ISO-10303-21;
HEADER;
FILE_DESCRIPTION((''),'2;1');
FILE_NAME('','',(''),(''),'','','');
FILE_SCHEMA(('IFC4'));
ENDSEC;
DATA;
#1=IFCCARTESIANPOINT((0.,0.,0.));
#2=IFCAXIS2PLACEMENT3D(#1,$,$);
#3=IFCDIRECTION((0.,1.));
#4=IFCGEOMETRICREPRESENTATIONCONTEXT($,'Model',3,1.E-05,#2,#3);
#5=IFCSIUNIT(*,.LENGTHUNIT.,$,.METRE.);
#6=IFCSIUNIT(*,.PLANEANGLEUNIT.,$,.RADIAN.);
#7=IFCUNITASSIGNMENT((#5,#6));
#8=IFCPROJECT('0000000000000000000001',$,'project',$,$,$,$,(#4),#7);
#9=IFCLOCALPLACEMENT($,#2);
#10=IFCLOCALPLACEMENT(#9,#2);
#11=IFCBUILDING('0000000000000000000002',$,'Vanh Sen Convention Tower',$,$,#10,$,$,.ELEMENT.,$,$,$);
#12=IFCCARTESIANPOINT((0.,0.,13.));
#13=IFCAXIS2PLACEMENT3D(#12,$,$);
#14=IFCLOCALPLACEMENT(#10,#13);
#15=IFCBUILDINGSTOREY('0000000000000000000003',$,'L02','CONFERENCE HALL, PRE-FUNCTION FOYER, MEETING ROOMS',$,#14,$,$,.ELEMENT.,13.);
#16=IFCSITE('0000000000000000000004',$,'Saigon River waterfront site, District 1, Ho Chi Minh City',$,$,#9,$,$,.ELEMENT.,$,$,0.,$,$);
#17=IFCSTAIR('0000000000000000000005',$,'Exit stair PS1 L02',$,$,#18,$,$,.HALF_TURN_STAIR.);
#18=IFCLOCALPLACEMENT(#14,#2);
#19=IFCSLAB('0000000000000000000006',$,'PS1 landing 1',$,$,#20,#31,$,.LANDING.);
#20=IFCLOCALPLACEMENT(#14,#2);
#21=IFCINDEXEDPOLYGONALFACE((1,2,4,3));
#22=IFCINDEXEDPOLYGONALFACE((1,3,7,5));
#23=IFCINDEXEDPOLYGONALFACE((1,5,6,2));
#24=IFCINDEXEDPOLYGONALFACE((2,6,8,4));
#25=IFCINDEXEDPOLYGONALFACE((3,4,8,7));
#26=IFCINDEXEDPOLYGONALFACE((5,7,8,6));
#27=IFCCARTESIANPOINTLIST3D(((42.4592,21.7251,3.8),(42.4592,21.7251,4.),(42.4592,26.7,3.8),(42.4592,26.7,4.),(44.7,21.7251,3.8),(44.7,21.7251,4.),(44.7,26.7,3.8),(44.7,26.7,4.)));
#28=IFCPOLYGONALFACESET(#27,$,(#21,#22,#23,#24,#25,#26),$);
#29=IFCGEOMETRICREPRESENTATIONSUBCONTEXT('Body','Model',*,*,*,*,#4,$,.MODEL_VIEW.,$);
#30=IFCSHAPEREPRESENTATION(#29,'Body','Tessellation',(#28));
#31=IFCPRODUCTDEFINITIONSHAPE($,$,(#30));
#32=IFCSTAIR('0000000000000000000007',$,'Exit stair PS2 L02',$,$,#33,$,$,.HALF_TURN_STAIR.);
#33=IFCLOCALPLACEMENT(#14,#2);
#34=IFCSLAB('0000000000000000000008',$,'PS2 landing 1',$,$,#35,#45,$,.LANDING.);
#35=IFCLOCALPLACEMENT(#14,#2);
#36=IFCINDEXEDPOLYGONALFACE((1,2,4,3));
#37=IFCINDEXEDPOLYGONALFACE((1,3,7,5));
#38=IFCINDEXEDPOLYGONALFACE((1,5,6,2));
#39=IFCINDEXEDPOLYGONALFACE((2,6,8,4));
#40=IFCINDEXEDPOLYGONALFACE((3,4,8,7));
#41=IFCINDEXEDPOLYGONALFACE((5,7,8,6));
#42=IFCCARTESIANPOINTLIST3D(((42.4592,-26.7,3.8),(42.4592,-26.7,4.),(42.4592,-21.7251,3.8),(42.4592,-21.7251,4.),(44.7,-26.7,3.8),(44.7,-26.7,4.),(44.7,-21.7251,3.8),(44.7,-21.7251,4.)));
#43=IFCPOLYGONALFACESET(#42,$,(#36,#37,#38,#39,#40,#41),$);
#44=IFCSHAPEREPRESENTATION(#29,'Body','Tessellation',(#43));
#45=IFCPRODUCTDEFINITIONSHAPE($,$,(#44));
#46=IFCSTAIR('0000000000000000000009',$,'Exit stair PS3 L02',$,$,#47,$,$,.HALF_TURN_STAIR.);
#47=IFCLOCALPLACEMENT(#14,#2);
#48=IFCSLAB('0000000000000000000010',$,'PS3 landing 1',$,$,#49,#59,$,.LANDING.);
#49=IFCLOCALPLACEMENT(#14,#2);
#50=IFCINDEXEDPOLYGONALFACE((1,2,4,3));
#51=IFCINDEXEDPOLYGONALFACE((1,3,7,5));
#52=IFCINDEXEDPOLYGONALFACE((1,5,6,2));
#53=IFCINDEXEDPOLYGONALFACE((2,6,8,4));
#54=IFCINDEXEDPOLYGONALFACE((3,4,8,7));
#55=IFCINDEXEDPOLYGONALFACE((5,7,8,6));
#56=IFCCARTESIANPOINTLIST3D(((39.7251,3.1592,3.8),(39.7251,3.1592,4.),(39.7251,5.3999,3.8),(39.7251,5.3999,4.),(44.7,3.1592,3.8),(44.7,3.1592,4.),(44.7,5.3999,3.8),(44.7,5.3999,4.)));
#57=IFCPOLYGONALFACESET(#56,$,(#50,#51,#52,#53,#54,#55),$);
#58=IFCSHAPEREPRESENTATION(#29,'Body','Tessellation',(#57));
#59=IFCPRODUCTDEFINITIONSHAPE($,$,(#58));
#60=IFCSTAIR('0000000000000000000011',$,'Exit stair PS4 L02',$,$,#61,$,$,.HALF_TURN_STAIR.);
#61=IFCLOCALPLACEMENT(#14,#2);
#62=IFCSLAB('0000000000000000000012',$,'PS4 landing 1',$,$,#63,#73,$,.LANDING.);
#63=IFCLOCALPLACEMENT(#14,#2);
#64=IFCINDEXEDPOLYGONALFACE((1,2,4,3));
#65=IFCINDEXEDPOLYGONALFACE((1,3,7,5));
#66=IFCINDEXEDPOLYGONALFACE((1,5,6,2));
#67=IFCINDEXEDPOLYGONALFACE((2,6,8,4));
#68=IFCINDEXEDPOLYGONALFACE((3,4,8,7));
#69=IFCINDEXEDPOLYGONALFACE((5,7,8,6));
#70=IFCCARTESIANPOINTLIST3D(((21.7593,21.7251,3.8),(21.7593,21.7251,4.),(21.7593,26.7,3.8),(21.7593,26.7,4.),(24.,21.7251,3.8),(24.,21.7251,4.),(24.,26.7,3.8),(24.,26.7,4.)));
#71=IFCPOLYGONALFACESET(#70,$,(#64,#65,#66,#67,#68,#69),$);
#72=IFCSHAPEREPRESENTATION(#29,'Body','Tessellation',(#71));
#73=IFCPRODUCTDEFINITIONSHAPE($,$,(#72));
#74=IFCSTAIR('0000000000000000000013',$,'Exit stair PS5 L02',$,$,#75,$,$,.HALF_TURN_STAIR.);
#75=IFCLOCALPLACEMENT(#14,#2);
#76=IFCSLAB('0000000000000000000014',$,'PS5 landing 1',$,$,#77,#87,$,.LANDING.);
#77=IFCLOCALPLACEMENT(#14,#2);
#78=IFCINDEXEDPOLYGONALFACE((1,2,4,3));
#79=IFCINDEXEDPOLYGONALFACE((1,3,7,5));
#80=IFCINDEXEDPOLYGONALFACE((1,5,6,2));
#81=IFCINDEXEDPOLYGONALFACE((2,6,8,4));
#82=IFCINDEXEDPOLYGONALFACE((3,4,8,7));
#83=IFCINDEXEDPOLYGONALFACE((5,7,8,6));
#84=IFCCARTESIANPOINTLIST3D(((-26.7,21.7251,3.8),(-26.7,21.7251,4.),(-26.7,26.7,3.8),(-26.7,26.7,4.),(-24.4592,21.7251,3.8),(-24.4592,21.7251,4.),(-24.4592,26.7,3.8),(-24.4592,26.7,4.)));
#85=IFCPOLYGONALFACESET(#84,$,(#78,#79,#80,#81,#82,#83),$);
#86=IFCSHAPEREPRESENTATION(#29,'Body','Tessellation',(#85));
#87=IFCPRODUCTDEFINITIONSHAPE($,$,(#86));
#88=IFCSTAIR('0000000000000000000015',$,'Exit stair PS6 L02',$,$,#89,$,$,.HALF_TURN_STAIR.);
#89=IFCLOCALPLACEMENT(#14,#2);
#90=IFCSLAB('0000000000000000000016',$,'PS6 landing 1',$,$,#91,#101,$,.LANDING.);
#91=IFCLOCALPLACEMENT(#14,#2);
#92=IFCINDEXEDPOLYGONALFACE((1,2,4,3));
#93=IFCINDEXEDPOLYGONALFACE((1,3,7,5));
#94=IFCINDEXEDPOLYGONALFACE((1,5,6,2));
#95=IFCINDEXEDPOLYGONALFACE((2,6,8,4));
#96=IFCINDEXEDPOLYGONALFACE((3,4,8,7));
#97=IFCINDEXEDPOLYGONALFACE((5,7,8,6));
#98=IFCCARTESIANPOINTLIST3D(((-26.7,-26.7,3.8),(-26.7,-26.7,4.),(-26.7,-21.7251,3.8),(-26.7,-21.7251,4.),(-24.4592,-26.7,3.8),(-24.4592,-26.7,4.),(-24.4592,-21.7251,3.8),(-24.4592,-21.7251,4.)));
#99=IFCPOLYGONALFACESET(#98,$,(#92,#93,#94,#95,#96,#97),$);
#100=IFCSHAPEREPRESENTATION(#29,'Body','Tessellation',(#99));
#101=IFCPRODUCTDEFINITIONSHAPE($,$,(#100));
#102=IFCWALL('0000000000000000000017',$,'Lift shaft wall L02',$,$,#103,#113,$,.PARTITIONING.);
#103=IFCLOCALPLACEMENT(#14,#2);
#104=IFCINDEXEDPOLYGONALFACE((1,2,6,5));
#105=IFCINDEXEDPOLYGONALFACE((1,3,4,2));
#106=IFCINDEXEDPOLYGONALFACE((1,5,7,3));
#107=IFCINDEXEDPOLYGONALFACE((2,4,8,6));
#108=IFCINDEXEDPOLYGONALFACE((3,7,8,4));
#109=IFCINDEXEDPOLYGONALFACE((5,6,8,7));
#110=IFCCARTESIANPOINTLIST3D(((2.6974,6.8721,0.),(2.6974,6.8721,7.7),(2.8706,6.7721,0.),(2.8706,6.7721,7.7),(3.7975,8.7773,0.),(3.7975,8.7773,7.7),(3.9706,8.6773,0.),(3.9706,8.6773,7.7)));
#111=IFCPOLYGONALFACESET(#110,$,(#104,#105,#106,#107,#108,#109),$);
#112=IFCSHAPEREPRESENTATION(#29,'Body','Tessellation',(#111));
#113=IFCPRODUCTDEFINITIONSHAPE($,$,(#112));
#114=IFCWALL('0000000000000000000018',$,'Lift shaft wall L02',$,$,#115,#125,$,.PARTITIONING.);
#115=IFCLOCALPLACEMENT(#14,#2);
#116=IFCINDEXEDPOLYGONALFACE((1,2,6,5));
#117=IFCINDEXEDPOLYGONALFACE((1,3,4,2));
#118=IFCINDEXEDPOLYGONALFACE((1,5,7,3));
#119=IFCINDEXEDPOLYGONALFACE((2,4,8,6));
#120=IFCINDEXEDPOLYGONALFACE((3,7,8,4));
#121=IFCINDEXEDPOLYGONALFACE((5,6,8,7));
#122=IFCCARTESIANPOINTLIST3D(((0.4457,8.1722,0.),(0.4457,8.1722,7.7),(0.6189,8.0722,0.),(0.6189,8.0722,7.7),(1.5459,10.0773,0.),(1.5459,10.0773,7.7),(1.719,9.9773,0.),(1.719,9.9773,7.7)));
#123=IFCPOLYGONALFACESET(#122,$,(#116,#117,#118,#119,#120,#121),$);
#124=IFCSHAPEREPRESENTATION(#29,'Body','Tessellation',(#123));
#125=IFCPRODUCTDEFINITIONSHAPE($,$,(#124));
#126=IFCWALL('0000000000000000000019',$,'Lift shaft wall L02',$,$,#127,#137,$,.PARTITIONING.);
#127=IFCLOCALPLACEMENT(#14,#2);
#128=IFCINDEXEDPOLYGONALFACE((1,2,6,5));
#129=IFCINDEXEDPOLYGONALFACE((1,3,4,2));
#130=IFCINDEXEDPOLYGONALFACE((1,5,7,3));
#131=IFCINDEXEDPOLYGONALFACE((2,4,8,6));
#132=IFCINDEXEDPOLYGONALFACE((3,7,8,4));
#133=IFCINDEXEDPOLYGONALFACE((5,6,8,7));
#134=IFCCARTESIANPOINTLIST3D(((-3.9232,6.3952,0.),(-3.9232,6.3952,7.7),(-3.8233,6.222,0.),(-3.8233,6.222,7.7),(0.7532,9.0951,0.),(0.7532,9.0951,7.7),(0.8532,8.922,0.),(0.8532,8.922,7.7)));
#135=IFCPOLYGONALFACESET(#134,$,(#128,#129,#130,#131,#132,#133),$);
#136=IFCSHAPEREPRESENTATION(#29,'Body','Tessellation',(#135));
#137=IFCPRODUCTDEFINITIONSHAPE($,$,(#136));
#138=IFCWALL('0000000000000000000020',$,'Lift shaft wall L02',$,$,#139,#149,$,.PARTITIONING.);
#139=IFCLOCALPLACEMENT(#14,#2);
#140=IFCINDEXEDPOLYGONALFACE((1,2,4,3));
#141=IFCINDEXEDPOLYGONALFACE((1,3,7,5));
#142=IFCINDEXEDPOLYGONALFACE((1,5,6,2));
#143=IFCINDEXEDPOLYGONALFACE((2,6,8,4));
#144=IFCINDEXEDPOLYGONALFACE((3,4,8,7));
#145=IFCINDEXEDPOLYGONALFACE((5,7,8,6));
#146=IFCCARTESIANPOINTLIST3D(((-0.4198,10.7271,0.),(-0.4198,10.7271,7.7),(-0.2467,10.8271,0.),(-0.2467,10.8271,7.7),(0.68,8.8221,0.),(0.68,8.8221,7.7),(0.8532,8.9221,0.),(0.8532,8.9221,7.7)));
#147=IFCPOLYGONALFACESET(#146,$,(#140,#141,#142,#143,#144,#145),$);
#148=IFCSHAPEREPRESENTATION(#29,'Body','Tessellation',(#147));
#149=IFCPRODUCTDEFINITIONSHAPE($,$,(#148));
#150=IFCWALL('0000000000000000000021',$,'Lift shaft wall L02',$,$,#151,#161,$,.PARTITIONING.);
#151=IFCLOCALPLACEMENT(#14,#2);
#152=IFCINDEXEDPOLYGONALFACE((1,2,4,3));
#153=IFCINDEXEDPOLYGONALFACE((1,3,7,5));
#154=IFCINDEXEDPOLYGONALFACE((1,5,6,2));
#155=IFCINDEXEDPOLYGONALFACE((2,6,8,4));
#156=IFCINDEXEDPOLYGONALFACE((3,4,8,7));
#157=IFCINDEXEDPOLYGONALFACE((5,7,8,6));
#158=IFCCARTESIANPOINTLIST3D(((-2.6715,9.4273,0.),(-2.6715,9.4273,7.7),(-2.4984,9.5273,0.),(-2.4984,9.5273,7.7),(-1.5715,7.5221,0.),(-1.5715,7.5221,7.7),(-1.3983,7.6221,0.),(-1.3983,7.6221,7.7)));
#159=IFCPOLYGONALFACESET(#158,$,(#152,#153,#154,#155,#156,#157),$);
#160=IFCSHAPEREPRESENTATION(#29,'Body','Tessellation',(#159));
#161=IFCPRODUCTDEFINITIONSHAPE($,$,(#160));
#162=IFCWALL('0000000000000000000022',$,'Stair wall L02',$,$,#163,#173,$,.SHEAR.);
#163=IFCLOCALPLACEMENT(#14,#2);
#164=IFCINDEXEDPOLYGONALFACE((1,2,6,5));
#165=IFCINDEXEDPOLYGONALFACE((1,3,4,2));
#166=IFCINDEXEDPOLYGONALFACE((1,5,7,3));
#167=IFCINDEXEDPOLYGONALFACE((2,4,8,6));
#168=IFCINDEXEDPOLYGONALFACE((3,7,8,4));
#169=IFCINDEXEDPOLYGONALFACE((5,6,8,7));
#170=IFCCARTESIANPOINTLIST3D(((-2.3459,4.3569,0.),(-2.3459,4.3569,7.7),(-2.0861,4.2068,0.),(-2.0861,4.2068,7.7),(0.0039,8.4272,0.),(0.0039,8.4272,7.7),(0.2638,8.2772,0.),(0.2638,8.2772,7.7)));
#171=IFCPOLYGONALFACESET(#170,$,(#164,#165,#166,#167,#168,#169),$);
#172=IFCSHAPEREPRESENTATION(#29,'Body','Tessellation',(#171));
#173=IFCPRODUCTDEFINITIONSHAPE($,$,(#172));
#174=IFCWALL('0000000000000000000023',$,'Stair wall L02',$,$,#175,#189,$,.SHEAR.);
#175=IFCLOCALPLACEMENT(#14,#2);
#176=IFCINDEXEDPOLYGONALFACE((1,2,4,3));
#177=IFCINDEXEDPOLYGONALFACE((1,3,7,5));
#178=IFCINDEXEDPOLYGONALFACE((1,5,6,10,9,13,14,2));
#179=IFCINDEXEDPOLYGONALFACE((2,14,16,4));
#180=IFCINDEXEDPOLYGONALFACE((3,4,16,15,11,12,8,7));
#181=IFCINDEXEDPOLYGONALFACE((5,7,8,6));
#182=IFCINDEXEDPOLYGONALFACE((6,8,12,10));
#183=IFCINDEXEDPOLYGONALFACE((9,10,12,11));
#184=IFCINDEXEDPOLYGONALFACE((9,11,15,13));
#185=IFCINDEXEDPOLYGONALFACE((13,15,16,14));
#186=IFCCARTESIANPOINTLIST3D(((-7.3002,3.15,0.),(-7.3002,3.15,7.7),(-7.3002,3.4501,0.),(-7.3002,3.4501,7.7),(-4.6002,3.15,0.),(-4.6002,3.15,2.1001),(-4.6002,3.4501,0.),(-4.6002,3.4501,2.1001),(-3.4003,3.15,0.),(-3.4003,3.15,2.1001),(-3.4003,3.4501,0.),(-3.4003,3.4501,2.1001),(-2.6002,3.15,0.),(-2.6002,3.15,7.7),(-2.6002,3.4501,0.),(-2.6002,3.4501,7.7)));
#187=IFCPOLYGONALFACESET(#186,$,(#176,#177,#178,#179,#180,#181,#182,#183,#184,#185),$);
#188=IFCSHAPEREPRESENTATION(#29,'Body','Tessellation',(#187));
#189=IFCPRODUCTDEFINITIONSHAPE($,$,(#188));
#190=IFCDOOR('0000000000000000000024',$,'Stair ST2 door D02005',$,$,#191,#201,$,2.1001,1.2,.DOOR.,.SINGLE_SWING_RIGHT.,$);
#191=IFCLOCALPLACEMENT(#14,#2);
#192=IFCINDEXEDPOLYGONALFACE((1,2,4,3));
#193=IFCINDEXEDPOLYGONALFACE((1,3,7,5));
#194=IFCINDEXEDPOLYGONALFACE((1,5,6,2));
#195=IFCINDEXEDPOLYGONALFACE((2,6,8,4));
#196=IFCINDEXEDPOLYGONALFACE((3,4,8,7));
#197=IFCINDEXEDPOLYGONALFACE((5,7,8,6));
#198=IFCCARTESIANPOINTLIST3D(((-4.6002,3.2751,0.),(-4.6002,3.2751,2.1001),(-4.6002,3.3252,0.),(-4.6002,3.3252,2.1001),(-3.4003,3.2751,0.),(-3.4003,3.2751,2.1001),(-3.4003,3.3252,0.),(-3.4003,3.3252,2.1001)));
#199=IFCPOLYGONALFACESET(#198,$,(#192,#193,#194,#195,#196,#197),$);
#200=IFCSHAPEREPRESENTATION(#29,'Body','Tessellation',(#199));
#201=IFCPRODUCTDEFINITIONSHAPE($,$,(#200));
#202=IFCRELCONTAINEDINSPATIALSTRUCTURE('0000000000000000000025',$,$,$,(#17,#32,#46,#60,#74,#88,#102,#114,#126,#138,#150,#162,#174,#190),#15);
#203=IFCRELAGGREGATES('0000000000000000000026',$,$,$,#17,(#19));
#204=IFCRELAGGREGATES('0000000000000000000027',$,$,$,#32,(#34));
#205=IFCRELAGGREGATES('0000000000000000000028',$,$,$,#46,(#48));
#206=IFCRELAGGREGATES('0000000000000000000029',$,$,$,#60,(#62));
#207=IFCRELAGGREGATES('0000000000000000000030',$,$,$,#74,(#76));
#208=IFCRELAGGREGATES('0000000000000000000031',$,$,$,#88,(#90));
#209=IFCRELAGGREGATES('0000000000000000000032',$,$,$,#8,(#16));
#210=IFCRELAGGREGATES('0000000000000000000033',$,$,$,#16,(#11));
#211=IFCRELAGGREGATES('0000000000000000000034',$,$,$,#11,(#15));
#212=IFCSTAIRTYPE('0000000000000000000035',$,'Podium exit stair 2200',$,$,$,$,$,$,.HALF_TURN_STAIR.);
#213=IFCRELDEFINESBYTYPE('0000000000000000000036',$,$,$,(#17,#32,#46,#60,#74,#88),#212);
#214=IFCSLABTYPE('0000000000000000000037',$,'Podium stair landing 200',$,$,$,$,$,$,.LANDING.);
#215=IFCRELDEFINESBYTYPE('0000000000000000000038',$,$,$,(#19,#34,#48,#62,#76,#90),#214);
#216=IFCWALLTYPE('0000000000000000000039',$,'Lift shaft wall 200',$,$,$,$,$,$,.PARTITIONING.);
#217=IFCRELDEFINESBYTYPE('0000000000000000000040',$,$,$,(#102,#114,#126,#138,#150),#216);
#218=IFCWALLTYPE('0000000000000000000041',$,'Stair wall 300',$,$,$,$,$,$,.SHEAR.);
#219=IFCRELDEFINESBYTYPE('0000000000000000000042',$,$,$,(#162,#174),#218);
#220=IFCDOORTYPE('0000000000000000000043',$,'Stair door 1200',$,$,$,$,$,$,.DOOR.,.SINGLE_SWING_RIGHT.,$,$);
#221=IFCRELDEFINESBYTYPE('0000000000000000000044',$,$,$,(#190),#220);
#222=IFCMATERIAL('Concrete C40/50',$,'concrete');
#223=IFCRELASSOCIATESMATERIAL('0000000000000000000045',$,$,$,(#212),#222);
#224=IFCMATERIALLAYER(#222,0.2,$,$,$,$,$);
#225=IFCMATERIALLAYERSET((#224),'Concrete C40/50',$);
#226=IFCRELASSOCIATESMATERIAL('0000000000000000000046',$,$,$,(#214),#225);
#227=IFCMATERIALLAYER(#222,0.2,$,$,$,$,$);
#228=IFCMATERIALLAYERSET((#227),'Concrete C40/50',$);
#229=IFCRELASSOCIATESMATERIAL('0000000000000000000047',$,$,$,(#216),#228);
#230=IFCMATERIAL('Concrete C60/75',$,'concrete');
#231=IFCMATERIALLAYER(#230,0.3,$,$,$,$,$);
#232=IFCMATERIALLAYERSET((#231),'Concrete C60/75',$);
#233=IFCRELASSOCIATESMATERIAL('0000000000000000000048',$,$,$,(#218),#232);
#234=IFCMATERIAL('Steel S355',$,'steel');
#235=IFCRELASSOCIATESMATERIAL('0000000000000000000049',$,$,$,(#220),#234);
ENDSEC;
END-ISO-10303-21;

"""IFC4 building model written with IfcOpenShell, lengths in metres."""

from ifc_helpers import new_model, si_unit, direction, frame, frame_2d, origin, place, context, subcontext, project, spatial, polyline, rectangle, outline, extrude, material, layer, layer_set, type_object, element, fill, aggregate, save


model = new_model("IFC4")

# Units and contexts
model_context = context("Model", 3, precision=1e-05, world=origin(), true_north=direction((0.0, 1.0)))
body_context = subcontext(model_context, "Body", "Model", "MODEL_VIEW")
ifc_project = project(units=[si_unit("LENGTHUNIT", "METRE"), si_unit("PLANEANGLEUNIT", "RADIAN")], contexts=[model_context])

# Site, building, storey
site_placement = place(None, origin())
site = spatial("IfcSite", under=ifc_project, at=site_placement, Name="Saigon River waterfront site, District 1, Ho Chi Minh City", CompositionType="ELEMENT", RefElevation=0.0)
building_placement = place(site_placement, origin())
building = spatial("IfcBuilding", under=site, at=building_placement, Name="Vanh Sen Convention Tower", CompositionType="ELEMENT")
storey_placement = place(building_placement, frame((0.0, 0.0, 13.0)))
storey = spatial("IfcBuildingStorey", under=building, at=storey_placement, Name="L02", Description="CONFERENCE HALL, PRE-FUNCTION FOYER, MEETING ROOMS", CompositionType="ELEMENT", Elevation=13.0)

# Stairs, slabs
ifc_material_1 = material(Name="Concrete C40/50", Category="concrete")
stair_type = type_object("IfcStairType", Name="Podium exit stair 2200", PredefinedType="HALF_TURN_STAIR", material=ifc_material_1)
stair_1_placement = place(storey_placement, origin())
stair_1 = element("IfcStair", 1, at=stair_1_placement, inside=storey, type_object=stair_type, Name="Exit stair PS1 L02", PredefinedType="HALF_TURN_STAIR")
ifc_layer_1 = layer(ifc_material_1, 0.2)
ifc_layer_set_1 = layer_set([ifc_layer_1], Name="Concrete C40/50")
slab_type = type_object("IfcSlabType", Name="Podium stair landing 200", PredefinedType="LANDING", material=ifc_layer_set_1)
slab_1_placement = place(storey_placement, frame((0.0, 0.0, 3.8)))
slab_1 = element("IfcSlab", 2, at=slab_1_placement, type_object=slab_type, Name="PS1 landing 1", PredefinedType="LANDING", context=body_context, shape_type="SweptSolid", body=[
    extrude(outline(polyline([(42.4592, 21.7251), (44.7, 21.7251), (44.7, 26.7), (42.4592, 26.7), (42.4592, 21.7251)])), origin(), (0.0, 0.0, 1.0), 0.2),
])
aggregate(stair_1, [slab_1])
stair_2_placement = place(storey_placement, origin())
stair_2 = element("IfcStair", 3, at=stair_2_placement, inside=storey, type_object=stair_type, Name="Exit stair PS2 L02", PredefinedType="HALF_TURN_STAIR")
slab_2_placement = place(storey_placement, frame((0.0, 0.0, 3.8)))
slab_2 = element("IfcSlab", 4, at=slab_2_placement, type_object=slab_type, Name="PS2 landing 1", PredefinedType="LANDING", context=body_context, shape_type="SweptSolid", body=[
    extrude(outline(polyline([(42.4592, -21.7251), (44.7, -21.7251), (44.7, -26.7), (42.4592, -26.7), (42.4592, -21.7251)])), origin(), (0.0, 0.0, 1.0), 0.2),
])
aggregate(stair_2, [slab_2])
stair_3_placement = place(storey_placement, origin())
stair_3 = element("IfcStair", 5, at=stair_3_placement, inside=storey, type_object=stair_type, Name="Exit stair PS3 L02", PredefinedType="HALF_TURN_STAIR")
slab_3_placement = place(storey_placement, frame((0.0, 0.0, 3.8)))
slab_3 = element("IfcSlab", 6, at=slab_3_placement, type_object=slab_type, Name="PS3 landing 1", PredefinedType="LANDING", context=body_context, shape_type="SweptSolid", body=[
    extrude(outline(polyline([(39.7251, 3.1592), (39.7251, 5.3999), (44.7, 5.3999), (44.7, 3.1592), (39.7251, 3.1592)])), origin(), (0.0, 0.0, 1.0), 0.2),
])
aggregate(stair_3, [slab_3])
stair_4_placement = place(storey_placement, origin())
stair_4 = element("IfcStair", 7, at=stair_4_placement, inside=storey, type_object=stair_type, Name="Exit stair PS4 L02", PredefinedType="HALF_TURN_STAIR")
slab_4_placement = place(storey_placement, frame((0.0, 0.0, 3.8)))
slab_4 = element("IfcSlab", 8, at=slab_4_placement, type_object=slab_type, Name="PS4 landing 1", PredefinedType="LANDING", context=body_context, shape_type="SweptSolid", body=[
    extrude(outline(polyline([(21.7593, 21.7251), (24.0, 21.7251), (24.0, 26.7), (21.7593, 26.7), (21.7593, 21.7251)])), origin(), (0.0, 0.0, 1.0), 0.2),
])
aggregate(stair_4, [slab_4])
stair_5_placement = place(storey_placement, origin())
stair_5 = element("IfcStair", 9, at=stair_5_placement, inside=storey, type_object=stair_type, Name="Exit stair PS5 L02", PredefinedType="HALF_TURN_STAIR")
slab_5_placement = place(storey_placement, frame((0.0, 0.0, 3.8)))
slab_5 = element("IfcSlab", 10, at=slab_5_placement, type_object=slab_type, Name="PS5 landing 1", PredefinedType="LANDING", context=body_context, shape_type="SweptSolid", body=[
    extrude(outline(polyline([(-24.4592, 21.7251), (-26.7, 21.7251), (-26.7, 26.7), (-24.4592, 26.7), (-24.4592, 21.7251)])), origin(), (0.0, 0.0, 1.0), 0.2),
])
aggregate(stair_5, [slab_5])
stair_6_placement = place(storey_placement, origin())
stair_6 = element("IfcStair", 11, at=stair_6_placement, inside=storey, type_object=stair_type, Name="Exit stair PS6 L02", PredefinedType="HALF_TURN_STAIR")
slab_6_placement = place(storey_placement, frame((0.0, 0.0, 3.8)))
slab_6 = element("IfcSlab", 12, at=slab_6_placement, type_object=slab_type, Name="PS6 landing 1", PredefinedType="LANDING", context=body_context, shape_type="SweptSolid", body=[
    extrude(outline(polyline([(-24.4592, -21.7251), (-26.7, -21.7251), (-26.7, -26.7), (-24.4592, -26.7), (-24.4592, -21.7251)])), origin(), (0.0, 0.0, 1.0), 0.2),
])
aggregate(stair_6, [slab_6])

# Walls
ifc_layer_2 = layer(ifc_material_1, 0.2)
ifc_layer_set_2 = layer_set([ifc_layer_2], Name="Concrete C40/50")
wall_type_1 = type_object("IfcWallType", Name="Lift shaft wall 200", PredefinedType="PARTITIONING", material=ifc_layer_set_2)
for number, where, z_axis, x_axis, name in (
    (13, (2.7839, 6.822, 0.0), (0.0, 0.0, 1.0), (0.50003, 0.866008, 0.0), "Lift shaft wall L02"),
    (14, (0.5322, 8.1221, 0.0), (0.0, 0.0, 1.0), (0.500078, 0.86598, 0.0), "Lift shaft wall L02"),
):
    element("IfcWall", number, at=place(storey_placement, frame(where, z_axis=z_axis, x_axis=x_axis)), inside=storey, type_object=wall_type_1, Name=name, PredefinedType="PARTITIONING", context=body_context, shape_type="SweptSolid", body=[
        extrude(rectangle(XDim=2.2, YDim=0.2, at=frame_2d((1.1001, 0.0))), origin(), (0.0, 0.0, 1.0), 7.7),
    ])
wall_1_placement = place(storey_placement, frame((0.8032, 9.0085, 0.0), z_axis=(0.0, 0.0, 1.0), x_axis=(-0.866028, -0.499995, 0.0)))
element("IfcWall", 15, at=wall_1_placement, inside=storey, type_object=wall_type_1, Name="Lift shaft wall L02", PredefinedType="PARTITIONING", context=body_context, shape_type="SweptSolid", body=[
    extrude(rectangle(XDim=5.3999, YDim=0.2, at=frame_2d((2.7, 0.0))), origin(), (0.0, 0.0, 1.0), 7.7),
])
wall_2_placement = place(storey_placement, frame((0.7666, 8.8721, 0.0), z_axis=(0.0, 0.0, 1.0), x_axis=(-0.499995, 0.866028, 0.0)))
element("IfcWall", 16, at=wall_2_placement, inside=storey, type_object=wall_type_1, Name="Lift shaft wall L02", PredefinedType="PARTITIONING", context=body_context, shape_type="SweptSolid", body=[
    extrude(rectangle(XDim=2.1997, YDim=0.2, at=frame_2d((1.0999, 0.0))), origin(), (0.0, 0.0, 1.0), 7.7),
])
wall_3_placement = place(storey_placement, frame((-1.4849, 7.572, 0.0), z_axis=(0.0, 0.0, 1.0), x_axis=(-0.50003, 0.866008, 0.0)))
element("IfcWall", 17, at=wall_3_placement, inside=storey, type_object=wall_type_1, Name="Lift shaft wall L02", PredefinedType="PARTITIONING", context=body_context, shape_type="SweptSolid", body=[
    extrude(rectangle(XDim=2.2, YDim=0.2, at=frame_2d((1.1001, 0.0))), origin(), (0.0, 0.0, 1.0), 7.7),
])
ifc_material_2 = material(Name="Concrete C60/75", Category="concrete")
ifc_layer_3 = layer(ifc_material_2, 0.3)
ifc_layer_set_3 = layer_set([ifc_layer_3], Name="Concrete C60/75")
wall_type_2 = type_object("IfcWallType", Name="Stair wall 300", PredefinedType="SHEAR", material=ifc_layer_set_3)
wall_4_placement = place(storey_placement, frame((-2.2161, 4.2817, 0.0), z_axis=(0.0, 0.0, 1.0), x_axis=(0.499977, 0.866039, 0.0)))
element("IfcWall", 18, at=wall_4_placement, inside=storey, type_object=wall_type_2, Name="Stair wall L02", PredefinedType="SHEAR", context=body_context, shape_type="SweptSolid", body=[
    extrude(rectangle(XDim=4.7, YDim=0.3, at=frame_2d((2.3501, 0.0))), origin(), (0.0, 0.0, 1.0), 7.7),
])

# Wall, opening, door
wall_5_placement = place(storey_placement, frame((-2.6001, 3.3, 0.0), z_axis=(0.0, 0.0, 1.0), x_axis=(-1.0, 0.0, 0.0)))
wall_5 = element("IfcWall", 19, at=wall_5_placement, inside=storey, type_object=wall_type_2, Name="Stair wall L02", PredefinedType="SHEAR", context=body_context, shape_type="SweptSolid", body=[
    extrude(rectangle(XDim=4.7, YDim=0.3, at=frame_2d((2.3501, 0.0))), origin(), (0.0, 0.0, 1.0), 7.7),
])
opening_placement = place(wall_5_placement, frame((0.8, 0.0, 0.0)))
opening = element("IfcOpeningElement", 20, at=opening_placement, cuts=wall_5, PredefinedType="OPENING", context=body_context, shape_type="SweptSolid", body=[
    extrude(rectangle(XDim=1.2, YDim=2.1001, at=frame_2d((0.6001, 1.05))), frame((0.0, 0.1599, 0.0), z_axis=(0.0, -1.0, 0.0), x_axis=(1.0, 0.0, 0.0)), (0.0, 0.0, 1.0), 0.3201),
])
ifc_material_3 = material(Name="Steel S355", Category="steel")
door_type = type_object("IfcDoorType", Name="Stair door 1200", OperationType="SINGLE_SWING_RIGHT", PredefinedType="DOOR", material=ifc_material_3)
door_placement = place(opening_placement, origin())
door = element("IfcDoor", 21, at=door_placement, inside=storey, type_object=door_type, Name="Stair ST2 door D02005", OperationType="SINGLE_SWING_RIGHT", OverallHeight=2.1001, OverallWidth=1.2, PredefinedType="DOOR", context=body_context, shape_type="SweptSolid", body=[
    extrude(rectangle(XDim=1.2, YDim=2.1001, at=frame_2d((0.6001, 1.05))), frame((0.0, 0.0249, 0.0), z_axis=(0.0, -1.0, 0.0), x_axis=(1.0, 0.0, 0.0)), (0.0, 0.0, 1.0), 0.05),
])
fill(opening, door)

save(model, "model.ifc")
